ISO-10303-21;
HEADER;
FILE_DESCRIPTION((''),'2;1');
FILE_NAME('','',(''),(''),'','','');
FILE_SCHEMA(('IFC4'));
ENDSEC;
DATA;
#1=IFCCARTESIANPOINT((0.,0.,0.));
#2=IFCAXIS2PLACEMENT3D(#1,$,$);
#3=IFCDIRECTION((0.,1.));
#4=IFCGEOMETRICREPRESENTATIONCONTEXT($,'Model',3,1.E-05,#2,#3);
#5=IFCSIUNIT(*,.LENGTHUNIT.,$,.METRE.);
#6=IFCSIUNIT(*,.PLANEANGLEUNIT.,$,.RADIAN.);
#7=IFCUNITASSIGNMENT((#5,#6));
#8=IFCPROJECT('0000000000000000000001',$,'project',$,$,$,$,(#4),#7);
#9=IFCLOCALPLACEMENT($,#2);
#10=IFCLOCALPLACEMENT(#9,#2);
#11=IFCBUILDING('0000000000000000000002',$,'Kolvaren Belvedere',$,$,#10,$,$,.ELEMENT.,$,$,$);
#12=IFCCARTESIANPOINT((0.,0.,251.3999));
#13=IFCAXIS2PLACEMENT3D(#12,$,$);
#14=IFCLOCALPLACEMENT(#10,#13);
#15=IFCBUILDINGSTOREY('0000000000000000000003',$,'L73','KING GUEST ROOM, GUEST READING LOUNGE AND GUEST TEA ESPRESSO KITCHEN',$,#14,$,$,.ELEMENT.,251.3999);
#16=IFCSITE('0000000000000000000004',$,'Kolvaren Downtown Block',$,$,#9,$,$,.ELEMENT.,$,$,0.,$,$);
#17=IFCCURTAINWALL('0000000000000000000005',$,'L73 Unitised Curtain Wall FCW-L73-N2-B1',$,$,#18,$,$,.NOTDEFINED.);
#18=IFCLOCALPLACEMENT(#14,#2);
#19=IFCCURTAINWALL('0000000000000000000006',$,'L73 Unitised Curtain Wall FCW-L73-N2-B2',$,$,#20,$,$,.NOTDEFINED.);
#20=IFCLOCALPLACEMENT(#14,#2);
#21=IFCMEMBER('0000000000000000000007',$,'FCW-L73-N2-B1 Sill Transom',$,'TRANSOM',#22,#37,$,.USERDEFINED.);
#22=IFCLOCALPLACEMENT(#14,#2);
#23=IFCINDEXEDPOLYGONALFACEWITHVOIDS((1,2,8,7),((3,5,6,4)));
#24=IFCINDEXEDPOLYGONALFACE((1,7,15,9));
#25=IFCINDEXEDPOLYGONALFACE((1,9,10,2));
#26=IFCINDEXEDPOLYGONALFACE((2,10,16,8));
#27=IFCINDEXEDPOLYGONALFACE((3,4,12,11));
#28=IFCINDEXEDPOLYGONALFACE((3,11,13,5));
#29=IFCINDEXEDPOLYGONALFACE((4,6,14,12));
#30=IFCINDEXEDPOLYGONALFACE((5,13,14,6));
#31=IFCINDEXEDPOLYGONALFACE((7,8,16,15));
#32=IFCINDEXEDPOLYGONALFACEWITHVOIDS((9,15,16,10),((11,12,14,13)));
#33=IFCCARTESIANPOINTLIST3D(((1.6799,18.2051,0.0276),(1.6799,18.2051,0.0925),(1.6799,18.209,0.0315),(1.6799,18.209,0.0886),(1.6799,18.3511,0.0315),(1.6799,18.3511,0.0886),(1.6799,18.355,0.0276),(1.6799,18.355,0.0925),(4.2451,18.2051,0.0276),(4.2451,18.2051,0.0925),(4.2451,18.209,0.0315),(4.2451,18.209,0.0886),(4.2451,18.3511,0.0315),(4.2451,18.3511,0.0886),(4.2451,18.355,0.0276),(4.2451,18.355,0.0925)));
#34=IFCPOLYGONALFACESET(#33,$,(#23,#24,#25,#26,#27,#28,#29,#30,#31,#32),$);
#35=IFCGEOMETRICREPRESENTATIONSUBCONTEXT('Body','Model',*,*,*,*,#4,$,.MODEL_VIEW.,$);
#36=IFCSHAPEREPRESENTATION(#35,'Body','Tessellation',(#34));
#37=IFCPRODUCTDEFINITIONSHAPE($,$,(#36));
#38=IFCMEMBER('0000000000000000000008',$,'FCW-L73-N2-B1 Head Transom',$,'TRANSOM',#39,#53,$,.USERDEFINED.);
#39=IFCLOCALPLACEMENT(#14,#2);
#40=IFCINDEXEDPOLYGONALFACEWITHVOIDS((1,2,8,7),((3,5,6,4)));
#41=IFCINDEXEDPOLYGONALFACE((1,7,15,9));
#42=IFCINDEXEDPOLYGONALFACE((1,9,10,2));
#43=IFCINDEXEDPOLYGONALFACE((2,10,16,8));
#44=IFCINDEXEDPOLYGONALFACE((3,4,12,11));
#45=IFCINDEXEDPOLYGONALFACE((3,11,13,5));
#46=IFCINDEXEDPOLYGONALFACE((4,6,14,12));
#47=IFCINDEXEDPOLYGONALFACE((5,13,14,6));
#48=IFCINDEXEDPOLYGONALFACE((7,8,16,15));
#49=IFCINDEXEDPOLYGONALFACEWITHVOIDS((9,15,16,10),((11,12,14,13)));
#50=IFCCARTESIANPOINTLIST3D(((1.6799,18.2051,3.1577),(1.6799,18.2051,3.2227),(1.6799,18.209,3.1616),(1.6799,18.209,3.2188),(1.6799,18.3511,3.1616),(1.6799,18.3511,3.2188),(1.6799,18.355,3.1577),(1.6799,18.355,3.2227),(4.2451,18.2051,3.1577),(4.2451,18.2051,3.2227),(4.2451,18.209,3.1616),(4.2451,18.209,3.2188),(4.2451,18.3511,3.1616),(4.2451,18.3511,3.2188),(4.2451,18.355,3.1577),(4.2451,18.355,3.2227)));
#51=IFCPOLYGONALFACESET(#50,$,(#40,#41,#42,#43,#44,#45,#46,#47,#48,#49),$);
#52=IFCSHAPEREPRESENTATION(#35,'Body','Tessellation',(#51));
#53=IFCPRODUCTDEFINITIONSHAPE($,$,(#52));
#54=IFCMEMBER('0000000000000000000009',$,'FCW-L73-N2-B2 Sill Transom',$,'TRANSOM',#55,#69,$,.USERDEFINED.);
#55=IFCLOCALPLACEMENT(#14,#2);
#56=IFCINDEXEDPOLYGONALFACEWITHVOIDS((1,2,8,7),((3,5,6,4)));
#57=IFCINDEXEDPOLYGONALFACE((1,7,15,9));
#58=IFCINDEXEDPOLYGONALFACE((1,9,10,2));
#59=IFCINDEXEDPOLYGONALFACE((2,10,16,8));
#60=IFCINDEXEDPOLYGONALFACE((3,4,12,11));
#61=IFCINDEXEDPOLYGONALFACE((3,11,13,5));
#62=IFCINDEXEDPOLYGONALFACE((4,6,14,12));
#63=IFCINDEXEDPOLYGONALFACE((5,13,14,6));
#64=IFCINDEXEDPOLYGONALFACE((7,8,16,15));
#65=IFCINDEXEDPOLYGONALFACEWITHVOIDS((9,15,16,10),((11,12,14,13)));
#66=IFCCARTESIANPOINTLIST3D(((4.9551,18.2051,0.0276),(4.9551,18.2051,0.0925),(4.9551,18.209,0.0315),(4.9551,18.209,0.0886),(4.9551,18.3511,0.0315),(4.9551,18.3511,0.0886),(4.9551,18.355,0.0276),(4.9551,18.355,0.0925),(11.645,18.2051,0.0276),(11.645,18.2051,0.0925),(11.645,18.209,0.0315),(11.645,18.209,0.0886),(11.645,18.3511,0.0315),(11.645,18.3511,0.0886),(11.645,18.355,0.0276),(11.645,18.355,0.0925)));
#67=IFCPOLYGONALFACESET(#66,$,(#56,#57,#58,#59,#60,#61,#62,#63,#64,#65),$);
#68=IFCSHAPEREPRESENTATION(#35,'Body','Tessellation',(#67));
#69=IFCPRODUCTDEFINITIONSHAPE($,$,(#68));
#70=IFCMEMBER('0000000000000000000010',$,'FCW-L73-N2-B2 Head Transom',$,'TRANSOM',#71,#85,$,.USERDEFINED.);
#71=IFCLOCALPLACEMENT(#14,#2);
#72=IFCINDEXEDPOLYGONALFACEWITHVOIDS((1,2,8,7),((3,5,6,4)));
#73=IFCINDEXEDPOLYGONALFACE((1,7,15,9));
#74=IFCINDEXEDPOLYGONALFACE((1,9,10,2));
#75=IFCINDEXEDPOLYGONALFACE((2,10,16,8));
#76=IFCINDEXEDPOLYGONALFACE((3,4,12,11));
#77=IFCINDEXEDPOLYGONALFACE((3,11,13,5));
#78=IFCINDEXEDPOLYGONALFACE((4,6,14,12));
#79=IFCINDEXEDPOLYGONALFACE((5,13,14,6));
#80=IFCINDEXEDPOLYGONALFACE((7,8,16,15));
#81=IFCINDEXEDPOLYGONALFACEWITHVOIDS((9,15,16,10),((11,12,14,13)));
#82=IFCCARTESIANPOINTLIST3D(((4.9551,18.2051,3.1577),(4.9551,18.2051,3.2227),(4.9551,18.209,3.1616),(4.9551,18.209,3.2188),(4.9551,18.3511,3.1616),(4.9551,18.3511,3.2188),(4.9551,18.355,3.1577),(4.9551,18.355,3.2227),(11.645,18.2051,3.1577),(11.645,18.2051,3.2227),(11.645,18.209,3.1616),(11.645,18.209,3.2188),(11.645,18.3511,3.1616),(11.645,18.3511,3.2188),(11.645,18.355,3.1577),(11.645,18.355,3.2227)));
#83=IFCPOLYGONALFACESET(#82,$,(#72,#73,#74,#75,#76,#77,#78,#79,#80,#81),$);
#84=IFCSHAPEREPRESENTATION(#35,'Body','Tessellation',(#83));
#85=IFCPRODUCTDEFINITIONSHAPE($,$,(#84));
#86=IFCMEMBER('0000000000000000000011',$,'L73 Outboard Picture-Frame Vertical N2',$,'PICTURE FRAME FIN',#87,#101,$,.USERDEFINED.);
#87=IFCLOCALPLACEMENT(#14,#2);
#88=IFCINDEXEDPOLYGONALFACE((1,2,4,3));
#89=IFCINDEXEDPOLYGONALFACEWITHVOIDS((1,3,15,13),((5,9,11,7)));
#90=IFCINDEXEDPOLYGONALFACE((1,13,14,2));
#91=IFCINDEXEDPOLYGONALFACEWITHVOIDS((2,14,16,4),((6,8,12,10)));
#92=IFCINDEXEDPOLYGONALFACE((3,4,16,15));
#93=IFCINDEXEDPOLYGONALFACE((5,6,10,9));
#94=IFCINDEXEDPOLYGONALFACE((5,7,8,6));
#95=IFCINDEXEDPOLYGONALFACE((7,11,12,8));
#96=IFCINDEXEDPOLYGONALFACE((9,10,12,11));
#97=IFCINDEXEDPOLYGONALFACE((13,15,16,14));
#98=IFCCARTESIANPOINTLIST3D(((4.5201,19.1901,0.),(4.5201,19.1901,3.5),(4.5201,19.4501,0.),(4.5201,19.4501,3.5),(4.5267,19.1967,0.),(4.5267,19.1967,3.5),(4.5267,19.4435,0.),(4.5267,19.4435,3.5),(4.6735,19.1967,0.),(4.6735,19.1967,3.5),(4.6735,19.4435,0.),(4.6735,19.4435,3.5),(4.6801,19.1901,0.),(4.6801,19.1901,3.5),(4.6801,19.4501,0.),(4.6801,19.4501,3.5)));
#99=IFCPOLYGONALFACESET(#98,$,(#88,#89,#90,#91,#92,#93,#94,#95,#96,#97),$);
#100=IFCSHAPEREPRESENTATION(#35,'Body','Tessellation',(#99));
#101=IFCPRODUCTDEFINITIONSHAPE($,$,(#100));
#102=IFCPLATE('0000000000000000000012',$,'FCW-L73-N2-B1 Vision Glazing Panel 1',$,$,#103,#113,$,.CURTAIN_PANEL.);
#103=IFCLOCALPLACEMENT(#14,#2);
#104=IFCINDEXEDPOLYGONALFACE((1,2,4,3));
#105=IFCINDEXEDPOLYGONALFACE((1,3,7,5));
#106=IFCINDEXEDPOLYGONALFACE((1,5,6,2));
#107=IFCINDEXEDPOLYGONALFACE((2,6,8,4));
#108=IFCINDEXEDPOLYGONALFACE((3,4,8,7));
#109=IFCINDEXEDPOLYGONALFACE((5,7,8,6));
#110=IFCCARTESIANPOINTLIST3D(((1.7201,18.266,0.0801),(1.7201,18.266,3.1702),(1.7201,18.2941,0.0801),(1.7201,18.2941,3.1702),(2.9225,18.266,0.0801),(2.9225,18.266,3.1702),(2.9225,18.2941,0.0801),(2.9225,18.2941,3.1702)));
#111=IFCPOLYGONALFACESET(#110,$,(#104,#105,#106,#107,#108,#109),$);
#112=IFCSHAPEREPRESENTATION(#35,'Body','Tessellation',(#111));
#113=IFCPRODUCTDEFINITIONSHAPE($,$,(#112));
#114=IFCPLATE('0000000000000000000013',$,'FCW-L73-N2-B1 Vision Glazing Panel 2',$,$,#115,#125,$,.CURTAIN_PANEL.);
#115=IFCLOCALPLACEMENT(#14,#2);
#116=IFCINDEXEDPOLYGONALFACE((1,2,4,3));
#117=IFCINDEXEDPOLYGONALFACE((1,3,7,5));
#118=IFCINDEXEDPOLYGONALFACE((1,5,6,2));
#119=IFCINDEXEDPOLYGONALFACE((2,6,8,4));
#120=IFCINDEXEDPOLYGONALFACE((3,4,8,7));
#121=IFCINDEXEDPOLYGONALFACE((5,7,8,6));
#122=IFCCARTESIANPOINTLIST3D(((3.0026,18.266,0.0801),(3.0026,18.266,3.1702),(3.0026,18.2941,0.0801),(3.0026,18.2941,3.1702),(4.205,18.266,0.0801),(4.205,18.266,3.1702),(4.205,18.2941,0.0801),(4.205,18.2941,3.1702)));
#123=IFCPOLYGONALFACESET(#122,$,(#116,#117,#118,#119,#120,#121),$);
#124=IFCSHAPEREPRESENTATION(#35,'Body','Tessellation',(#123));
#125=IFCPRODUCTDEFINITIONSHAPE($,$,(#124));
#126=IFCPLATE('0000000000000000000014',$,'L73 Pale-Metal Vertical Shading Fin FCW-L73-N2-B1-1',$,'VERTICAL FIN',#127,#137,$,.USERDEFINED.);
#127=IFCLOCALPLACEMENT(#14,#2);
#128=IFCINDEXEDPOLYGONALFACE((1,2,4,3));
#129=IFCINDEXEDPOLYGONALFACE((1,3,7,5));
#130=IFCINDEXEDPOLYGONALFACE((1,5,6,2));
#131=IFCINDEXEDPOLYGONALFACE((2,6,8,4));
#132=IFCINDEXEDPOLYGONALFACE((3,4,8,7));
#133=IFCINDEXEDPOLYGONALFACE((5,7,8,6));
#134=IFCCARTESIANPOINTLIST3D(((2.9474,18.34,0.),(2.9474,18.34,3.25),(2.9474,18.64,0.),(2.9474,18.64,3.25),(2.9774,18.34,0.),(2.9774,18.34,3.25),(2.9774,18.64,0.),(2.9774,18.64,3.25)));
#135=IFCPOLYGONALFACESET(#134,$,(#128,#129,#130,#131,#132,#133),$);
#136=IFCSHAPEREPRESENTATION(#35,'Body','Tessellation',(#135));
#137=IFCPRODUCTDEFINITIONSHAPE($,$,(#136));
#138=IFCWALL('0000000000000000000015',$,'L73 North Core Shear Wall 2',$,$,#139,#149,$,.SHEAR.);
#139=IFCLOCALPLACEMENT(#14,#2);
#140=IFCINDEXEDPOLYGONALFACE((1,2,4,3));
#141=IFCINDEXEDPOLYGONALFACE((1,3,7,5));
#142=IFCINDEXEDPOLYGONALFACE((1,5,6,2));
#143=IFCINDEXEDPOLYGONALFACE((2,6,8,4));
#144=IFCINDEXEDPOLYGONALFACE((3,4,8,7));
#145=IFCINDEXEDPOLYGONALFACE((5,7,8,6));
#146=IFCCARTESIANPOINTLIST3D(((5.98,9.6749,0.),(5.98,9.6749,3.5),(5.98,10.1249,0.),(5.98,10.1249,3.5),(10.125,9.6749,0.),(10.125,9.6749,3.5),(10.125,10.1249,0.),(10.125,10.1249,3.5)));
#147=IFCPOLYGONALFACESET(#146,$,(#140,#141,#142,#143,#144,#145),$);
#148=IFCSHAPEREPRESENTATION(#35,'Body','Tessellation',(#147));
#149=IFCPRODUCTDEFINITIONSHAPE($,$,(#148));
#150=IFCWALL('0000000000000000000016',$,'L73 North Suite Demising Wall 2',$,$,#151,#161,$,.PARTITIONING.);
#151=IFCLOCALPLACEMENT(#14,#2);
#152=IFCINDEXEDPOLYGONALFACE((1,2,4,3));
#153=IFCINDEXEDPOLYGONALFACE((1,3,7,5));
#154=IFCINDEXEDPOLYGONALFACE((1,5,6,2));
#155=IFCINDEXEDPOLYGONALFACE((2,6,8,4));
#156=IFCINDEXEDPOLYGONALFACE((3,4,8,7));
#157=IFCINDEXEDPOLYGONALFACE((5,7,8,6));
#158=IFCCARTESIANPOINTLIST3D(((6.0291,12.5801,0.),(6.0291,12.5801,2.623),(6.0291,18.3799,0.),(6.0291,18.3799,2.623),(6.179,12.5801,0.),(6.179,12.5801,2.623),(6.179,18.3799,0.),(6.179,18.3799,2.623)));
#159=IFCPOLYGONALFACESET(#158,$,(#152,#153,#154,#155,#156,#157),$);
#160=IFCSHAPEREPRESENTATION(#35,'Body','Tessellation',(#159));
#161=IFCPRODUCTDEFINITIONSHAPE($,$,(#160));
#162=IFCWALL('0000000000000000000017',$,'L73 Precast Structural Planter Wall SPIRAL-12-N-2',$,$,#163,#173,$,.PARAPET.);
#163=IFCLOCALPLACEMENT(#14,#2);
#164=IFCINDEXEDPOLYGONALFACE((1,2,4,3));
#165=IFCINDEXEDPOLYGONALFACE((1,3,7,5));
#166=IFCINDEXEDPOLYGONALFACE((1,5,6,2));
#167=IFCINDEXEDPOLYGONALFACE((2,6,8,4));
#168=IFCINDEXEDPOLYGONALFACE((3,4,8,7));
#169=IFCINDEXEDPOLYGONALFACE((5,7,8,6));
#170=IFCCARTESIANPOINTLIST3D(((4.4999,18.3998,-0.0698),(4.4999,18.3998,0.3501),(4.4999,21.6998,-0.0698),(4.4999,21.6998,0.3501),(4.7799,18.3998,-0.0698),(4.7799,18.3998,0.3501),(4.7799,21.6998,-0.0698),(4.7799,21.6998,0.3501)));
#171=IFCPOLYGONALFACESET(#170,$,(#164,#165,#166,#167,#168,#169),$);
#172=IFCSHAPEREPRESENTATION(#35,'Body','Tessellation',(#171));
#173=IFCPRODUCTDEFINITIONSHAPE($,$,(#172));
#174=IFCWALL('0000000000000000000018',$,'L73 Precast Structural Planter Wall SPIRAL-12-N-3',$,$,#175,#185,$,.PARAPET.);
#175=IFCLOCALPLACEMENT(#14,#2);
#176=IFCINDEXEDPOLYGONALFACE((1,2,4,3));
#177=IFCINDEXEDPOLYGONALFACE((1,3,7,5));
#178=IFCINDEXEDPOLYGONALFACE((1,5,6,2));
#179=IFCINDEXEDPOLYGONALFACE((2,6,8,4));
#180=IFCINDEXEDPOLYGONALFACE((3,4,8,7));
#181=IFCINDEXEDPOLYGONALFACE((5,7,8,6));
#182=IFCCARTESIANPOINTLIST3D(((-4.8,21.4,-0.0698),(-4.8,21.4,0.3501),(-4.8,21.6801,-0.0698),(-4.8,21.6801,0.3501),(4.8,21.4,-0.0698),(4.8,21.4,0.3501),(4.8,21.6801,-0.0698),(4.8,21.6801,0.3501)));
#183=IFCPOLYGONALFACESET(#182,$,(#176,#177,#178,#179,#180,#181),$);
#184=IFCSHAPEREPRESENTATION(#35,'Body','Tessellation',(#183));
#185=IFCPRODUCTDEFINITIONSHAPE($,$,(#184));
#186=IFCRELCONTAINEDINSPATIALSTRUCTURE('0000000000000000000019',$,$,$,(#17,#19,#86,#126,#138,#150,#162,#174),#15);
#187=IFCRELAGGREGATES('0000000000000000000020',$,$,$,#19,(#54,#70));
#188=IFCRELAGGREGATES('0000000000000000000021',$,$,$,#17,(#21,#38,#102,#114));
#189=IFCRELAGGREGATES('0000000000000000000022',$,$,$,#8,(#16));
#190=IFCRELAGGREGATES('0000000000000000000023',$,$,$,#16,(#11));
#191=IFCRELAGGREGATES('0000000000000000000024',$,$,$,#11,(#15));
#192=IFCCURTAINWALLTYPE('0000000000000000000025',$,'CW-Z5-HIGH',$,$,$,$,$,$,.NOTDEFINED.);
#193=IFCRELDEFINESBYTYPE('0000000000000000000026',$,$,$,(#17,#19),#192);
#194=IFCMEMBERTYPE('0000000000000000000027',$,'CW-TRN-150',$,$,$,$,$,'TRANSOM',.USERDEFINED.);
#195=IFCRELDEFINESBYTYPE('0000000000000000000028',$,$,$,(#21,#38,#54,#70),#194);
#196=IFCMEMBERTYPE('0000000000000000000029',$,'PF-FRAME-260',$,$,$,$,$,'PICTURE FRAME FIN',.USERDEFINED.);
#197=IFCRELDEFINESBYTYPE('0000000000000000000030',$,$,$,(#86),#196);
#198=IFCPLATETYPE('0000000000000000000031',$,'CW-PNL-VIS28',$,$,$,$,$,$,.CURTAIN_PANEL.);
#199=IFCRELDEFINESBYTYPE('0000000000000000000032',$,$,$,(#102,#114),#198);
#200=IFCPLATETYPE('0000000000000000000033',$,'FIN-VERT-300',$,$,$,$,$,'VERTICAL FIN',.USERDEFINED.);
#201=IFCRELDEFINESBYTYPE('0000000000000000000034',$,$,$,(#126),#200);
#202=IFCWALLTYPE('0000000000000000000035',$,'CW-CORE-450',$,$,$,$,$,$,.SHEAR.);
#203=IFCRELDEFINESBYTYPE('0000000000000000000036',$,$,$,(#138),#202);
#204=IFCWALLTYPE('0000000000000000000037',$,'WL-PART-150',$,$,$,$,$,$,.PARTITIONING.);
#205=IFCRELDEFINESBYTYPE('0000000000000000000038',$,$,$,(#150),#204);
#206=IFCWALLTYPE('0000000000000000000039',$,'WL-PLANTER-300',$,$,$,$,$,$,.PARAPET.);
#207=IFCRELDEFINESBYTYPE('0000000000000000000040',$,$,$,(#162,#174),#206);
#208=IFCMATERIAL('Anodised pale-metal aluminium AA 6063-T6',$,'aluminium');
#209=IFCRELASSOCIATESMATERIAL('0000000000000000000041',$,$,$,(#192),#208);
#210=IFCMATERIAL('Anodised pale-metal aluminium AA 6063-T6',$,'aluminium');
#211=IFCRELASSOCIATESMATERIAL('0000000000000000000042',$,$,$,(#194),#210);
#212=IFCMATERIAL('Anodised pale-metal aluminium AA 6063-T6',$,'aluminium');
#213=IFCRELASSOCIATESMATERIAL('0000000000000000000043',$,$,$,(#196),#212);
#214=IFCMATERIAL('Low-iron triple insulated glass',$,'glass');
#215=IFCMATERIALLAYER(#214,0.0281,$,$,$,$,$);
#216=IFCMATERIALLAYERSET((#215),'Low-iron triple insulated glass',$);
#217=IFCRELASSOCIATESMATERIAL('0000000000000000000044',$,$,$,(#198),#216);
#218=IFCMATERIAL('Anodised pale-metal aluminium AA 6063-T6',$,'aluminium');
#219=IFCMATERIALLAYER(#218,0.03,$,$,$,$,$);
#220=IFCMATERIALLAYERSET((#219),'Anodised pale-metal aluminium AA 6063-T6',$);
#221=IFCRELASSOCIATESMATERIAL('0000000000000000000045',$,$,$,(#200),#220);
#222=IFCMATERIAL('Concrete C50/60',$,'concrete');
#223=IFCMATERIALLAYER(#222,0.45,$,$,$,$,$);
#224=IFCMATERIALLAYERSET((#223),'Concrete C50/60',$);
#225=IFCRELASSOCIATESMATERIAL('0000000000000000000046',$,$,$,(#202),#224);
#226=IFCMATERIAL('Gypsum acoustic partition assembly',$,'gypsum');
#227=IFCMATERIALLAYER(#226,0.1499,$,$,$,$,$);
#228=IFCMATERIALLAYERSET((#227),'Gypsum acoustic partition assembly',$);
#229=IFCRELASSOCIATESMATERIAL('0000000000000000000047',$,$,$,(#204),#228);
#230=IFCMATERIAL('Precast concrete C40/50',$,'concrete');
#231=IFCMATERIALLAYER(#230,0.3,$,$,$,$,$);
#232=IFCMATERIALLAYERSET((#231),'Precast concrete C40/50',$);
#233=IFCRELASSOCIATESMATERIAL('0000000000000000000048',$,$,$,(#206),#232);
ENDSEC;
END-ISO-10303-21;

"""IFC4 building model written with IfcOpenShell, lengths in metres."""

from ifc_helpers import new_model, si_unit, direction, frame, frame_2d, origin, origin_2d, place, context, subcontext, project, spatial, rectangle, hollow_rectangle, extrude, material, layer, layer_set, material_profile, profile_set, type_object, element, aggregate, save


model = new_model("IFC4")

# Units and contexts
model_context = context("Model", 3, precision=1e-05, world=origin(), true_north=direction((0.0, 1.0)))
body_context = subcontext(model_context, "Body", "Model", "MODEL_VIEW")
ifc_project = project(units=[si_unit("LENGTHUNIT", "METRE"), si_unit("PLANEANGLEUNIT", "RADIAN")], contexts=[model_context])

# Site, building, storey
site_placement = place(None, origin())
site = spatial("IfcSite", under=ifc_project, at=site_placement, Name="Kolvaren Downtown Block", CompositionType="ELEMENT", RefElevation=0.0)
building_placement = place(site_placement, origin())
building = spatial("IfcBuilding", under=site, at=building_placement, Name="Kolvaren Belvedere", CompositionType="ELEMENT")
storey_placement = place(building_placement, frame((0.0, 0.0, 251.3999)))
storey = spatial("IfcBuildingStorey", under=building, at=storey_placement, Name="L73", Description="KING GUEST ROOM, GUEST READING LOUNGE AND GUEST TEA ESPRESSO KITCHEN", CompositionType="ELEMENT", Elevation=251.3999)

# Curtain wall
ifc_material_1 = material(Name="Anodised pale-metal aluminium AA 6063-T6", Category="aluminium")
curtain_wall_type = type_object("IfcCurtainWallType", Name="CW-Z5-HIGH", PredefinedType="NOTDEFINED", material=ifc_material_1)
curtain_wall_1_placement = place(storey_placement, origin())
curtain_wall_1 = element("IfcCurtainWall", 1, at=curtain_wall_1_placement, inside=storey, type_object=curtain_wall_type, Name="L73 Unitised Curtain Wall FCW-L73-N2-B1", PredefinedType="NOTDEFINED")

# Curtain wall
curtain_wall_2_placement = place(storey_placement, origin())
curtain_wall_2 = element("IfcCurtainWall", 2, at=curtain_wall_2_placement, inside=storey, type_object=curtain_wall_type, Name="L73 Unitised Curtain Wall FCW-L73-N2-B2", PredefinedType="NOTDEFINED")

# Members
ifc_material_2 = material(Name="Anodised pale-metal aluminium AA 6063-T6", Category="aluminium")
ifc_material_profile_1 = material_profile(ifc_material_2, hollow_rectangle(XDim=0.0649, YDim=0.1499, WallThickness=0.0039, at=origin_2d()), Name="ALU-TRN-150X65")
ifc_profile_set_1 = profile_set([ifc_material_profile_1], Name="Anodised pale-metal aluminium AA 6063-T6")
member_type_1 = type_object("IfcMemberType", Name="CW-TRN-150", ElementType="TRANSOM", PredefinedType="USERDEFINED", material=ifc_profile_set_1)
member_1_placement = place(storey_placement, frame((1.6799, 18.28, 0.0601), z_axis=(1.0, 0.0, 0.0), x_axis=(0.0, 0.0, 1.0)))
member_1 = element("IfcMember", 3, at=member_1_placement, type_object=member_type_1, Name="FCW-L73-N2-B1 Sill Transom", ObjectType="TRANSOM", PredefinedType="USERDEFINED", context=body_context, shape_type="SweptSolid", body=[
    extrude(hollow_rectangle(XDim=0.0649, YDim=0.1499, WallThickness=0.0039, at=origin_2d()), origin(), (0.0, 0.0, 1.0), 2.5652),
])
member_2_placement = place(storey_placement, frame((1.6799, 18.28, 3.1902), z_axis=(1.0, 0.0, 0.0), x_axis=(0.0, 0.0, 1.0)))
member_2 = element("IfcMember", 4, at=member_2_placement, type_object=member_type_1, Name="FCW-L73-N2-B1 Head Transom", ObjectType="TRANSOM", PredefinedType="USERDEFINED", context=body_context, shape_type="SweptSolid", body=[
    extrude(hollow_rectangle(XDim=0.0649, YDim=0.1499, WallThickness=0.0039, at=origin_2d()), origin(), (0.0, 0.0, 1.0), 2.5652),
])
member_3_placement = place(storey_placement, frame((4.9551, 18.28, 0.0601), z_axis=(1.0, 0.0, 0.0), x_axis=(0.0, 0.0, 1.0)))
member_3 = element("IfcMember", 5, at=member_3_placement, type_object=member_type_1, Name="FCW-L73-N2-B2 Sill Transom", ObjectType="TRANSOM", PredefinedType="USERDEFINED", context=body_context, shape_type="SweptSolid", body=[
    extrude(hollow_rectangle(XDim=0.0649, YDim=0.1499, WallThickness=0.0039, at=origin_2d()), origin(), (0.0, 0.0, 1.0), 6.6899),
])
member_4_placement = place(storey_placement, frame((4.9551, 18.28, 3.1902), z_axis=(1.0, 0.0, 0.0), x_axis=(0.0, 0.0, 1.0)))
member_4 = element("IfcMember", 6, at=member_4_placement, type_object=member_type_1, Name="FCW-L73-N2-B2 Head Transom", ObjectType="TRANSOM", PredefinedType="USERDEFINED", context=body_context, shape_type="SweptSolid", body=[
    extrude(hollow_rectangle(XDim=0.0649, YDim=0.1499, WallThickness=0.0039, at=origin_2d()), origin(), (0.0, 0.0, 1.0), 6.6899),
])
aggregate(curtain_wall_2, [member_3, member_4])
ifc_material_3 = material(Name="Anodised pale-metal aluminium AA 6063-T6", Category="aluminium")
ifc_material_profile_2 = material_profile(ifc_material_3, hollow_rectangle(XDim=0.1599, YDim=0.26, WallThickness=0.0066, at=origin_2d()), Name="ALU-PF-260X160")
ifc_profile_set_2 = profile_set([ifc_material_profile_2], Name="Anodised pale-metal aluminium AA 6063-T6")
member_type_2 = type_object("IfcMemberType", Name="PF-FRAME-260", ElementType="PICTURE FRAME FIN", PredefinedType="USERDEFINED", material=ifc_profile_set_2)
member_5_placement = place(storey_placement, frame((4.6001, 19.3201, 0.0), z_axis=(0.0, 0.0, 1.0), x_axis=(1.0, 0.0, 0.0)))
element("IfcMember", 7, at=member_5_placement, inside=storey, type_object=member_type_2, Name="L73 Outboard Picture-Frame Vertical N2", ObjectType="PICTURE FRAME FIN", PredefinedType="USERDEFINED", context=body_context, shape_type="SweptSolid", body=[
    extrude(hollow_rectangle(XDim=0.1599, YDim=0.26, WallThickness=0.0066, at=origin_2d()), origin(), (0.0, 0.0, 1.0), 3.5),
])

# Plates
ifc_material_4 = material(Name="Low-iron triple insulated glass", Category="glass")
ifc_layer_1 = layer(ifc_material_4, 0.0281)
ifc_layer_set_1 = layer_set([ifc_layer_1], Name="Low-iron triple insulated glass")
plate_type_1 = type_object("IfcPlateType", Name="CW-PNL-VIS28", PredefinedType="CURTAIN_PANEL", material=ifc_layer_set_1)
plate_1_placement = place(storey_placement, frame((2.3213, 18.28, 0.0801), z_axis=(0.0, 0.0, 1.0), x_axis=(1.0, 0.0, 0.0)))
plate_1 = element("IfcPlate", 8, at=plate_1_placement, type_object=plate_type_1, Name="FCW-L73-N2-B1 Vision Glazing Panel 1", PredefinedType="CURTAIN_PANEL", context=body_context, shape_type="SweptSolid", body=[
    extrude(rectangle(XDim=1.2024, YDim=0.0281, at=origin_2d()), origin(), (0.0, 0.0, 1.0), 3.0901),
])
plate_2_placement = place(storey_placement, frame((3.6038, 18.28, 0.0801), z_axis=(0.0, 0.0, 1.0), x_axis=(1.0, 0.0, 0.0)))
plate_2 = element("IfcPlate", 9, at=plate_2_placement, type_object=plate_type_1, Name="FCW-L73-N2-B1 Vision Glazing Panel 2", PredefinedType="CURTAIN_PANEL", context=body_context, shape_type="SweptSolid", body=[
    extrude(rectangle(XDim=1.2024, YDim=0.0281, at=origin_2d()), origin(), (0.0, 0.0, 1.0), 3.0901),
])
aggregate(curtain_wall_1, [member_1, member_2, plate_1, plate_2])
ifc_material_5 = material(Name="Anodised pale-metal aluminium AA 6063-T6", Category="aluminium")
ifc_layer_2 = layer(ifc_material_5, 0.03)
ifc_layer_set_2 = layer_set([ifc_layer_2], Name="Anodised pale-metal aluminium AA 6063-T6")
plate_type_2 = type_object("IfcPlateType", Name="FIN-VERT-300", ElementType="VERTICAL FIN", PredefinedType="USERDEFINED", material=ifc_layer_set_2)
plate_3_placement = place(storey_placement, frame((2.9624, 18.49, 0.0), z_axis=(0.0, 0.0, 1.0), x_axis=(0.0, 1.0, 0.0)))
element("IfcPlate", 10, at=plate_3_placement, inside=storey, type_object=plate_type_2, Name="L73 Pale-Metal Vertical Shading Fin FCW-L73-N2-B1-1", ObjectType="VERTICAL FIN", PredefinedType="USERDEFINED", context=body_context, shape_type="SweptSolid", body=[
    extrude(rectangle(XDim=0.3, YDim=0.03, at=origin_2d()), origin(), (0.0, 0.0, 1.0), 3.25),
])

# Walls
ifc_material_6 = material(Name="Concrete C50/60", Category="concrete")
ifc_layer_3 = layer(ifc_material_6, 0.45)
ifc_layer_set_3 = layer_set([ifc_layer_3], Name="Concrete C50/60")
wall_type_1 = type_object("IfcWallType", Name="CW-CORE-450", PredefinedType="SHEAR", material=ifc_layer_set_3)
wall_1_placement = place(storey_placement, frame((5.98, 9.8999, 0.0), z_axis=(0.0, 0.0, 1.0), x_axis=(1.0, 0.0, 0.0)))
element("IfcWall", 11, at=wall_1_placement, inside=storey, type_object=wall_type_1, Name="L73 North Core Shear Wall 2", PredefinedType="SHEAR", context=body_context, shape_type="SweptSolid", body=[
    extrude(rectangle(XDim=4.145, YDim=0.45, at=frame_2d((2.0725, 0.0))), origin(), (0.0, 0.0, 1.0), 3.5),
])
ifc_material_7 = material(Name="Gypsum acoustic partition assembly", Category="gypsum")
ifc_layer_4 = layer(ifc_material_7, 0.1499)
ifc_layer_set_4 = layer_set([ifc_layer_4], Name="Gypsum acoustic partition assembly")
wall_type_2 = type_object("IfcWallType", Name="WL-PART-150", PredefinedType="PARTITIONING", material=ifc_layer_set_4)
wall_2_placement = place(storey_placement, frame((6.104, 12.5801, 0.0), z_axis=(0.0, 0.0, 1.0), x_axis=(0.0, 1.0, 0.0)))
element("IfcWall", 12, at=wall_2_placement, inside=storey, type_object=wall_type_2, Name="L73 North Suite Demising Wall 2", PredefinedType="PARTITIONING", context=body_context, shape_type="SweptSolid", body=[
    extrude(rectangle(XDim=5.7998, YDim=0.1499, at=frame_2d((2.8999, 0.0))), origin(), (0.0, 0.0, 1.0), 2.623),
])
ifc_material_8 = material(Name="Precast concrete C40/50", Category="concrete")
ifc_layer_5 = layer(ifc_material_8, 0.3)
ifc_layer_set_5 = layer_set([ifc_layer_5], Name="Precast concrete C40/50")
wall_type_3 = type_object("IfcWallType", Name="WL-PLANTER-300", PredefinedType="PARAPET", material=ifc_layer_set_5)
wall_3_placement = place(storey_placement, frame((4.6399, 18.3999, -0.0698), z_axis=(0.0, 0.0, 1.0), x_axis=(0.0, 1.0, 0.0)))
element("IfcWall", 13, at=wall_3_placement, inside=storey, type_object=wall_type_3, Name="L73 Precast Structural Planter Wall SPIRAL-12-N-2", PredefinedType="PARAPET", context=body_context, shape_type="SweptSolid", body=[
    extrude(rectangle(XDim=3.3, YDim=0.28, at=frame_2d((1.6499, 0.0))), origin(), (0.0, 0.0, 1.0), 0.4199),
])
wall_4_placement = place(storey_placement, frame((4.8, 21.54, -0.0698), z_axis=(0.0, 0.0, 1.0), x_axis=(-1.0, 0.0, 0.0)))
element("IfcWall", 14, at=wall_4_placement, inside=storey, type_object=wall_type_3, Name="L73 Precast Structural Planter Wall SPIRAL-12-N-3", PredefinedType="PARAPET", context=body_context, shape_type="SweptSolid", body=[
    extrude(rectangle(XDim=9.6001, YDim=0.28, at=frame_2d((4.8, 0.0))), origin(), (0.0, 0.0, 1.0), 0.4199),
])

save(model, "model.ifc")
